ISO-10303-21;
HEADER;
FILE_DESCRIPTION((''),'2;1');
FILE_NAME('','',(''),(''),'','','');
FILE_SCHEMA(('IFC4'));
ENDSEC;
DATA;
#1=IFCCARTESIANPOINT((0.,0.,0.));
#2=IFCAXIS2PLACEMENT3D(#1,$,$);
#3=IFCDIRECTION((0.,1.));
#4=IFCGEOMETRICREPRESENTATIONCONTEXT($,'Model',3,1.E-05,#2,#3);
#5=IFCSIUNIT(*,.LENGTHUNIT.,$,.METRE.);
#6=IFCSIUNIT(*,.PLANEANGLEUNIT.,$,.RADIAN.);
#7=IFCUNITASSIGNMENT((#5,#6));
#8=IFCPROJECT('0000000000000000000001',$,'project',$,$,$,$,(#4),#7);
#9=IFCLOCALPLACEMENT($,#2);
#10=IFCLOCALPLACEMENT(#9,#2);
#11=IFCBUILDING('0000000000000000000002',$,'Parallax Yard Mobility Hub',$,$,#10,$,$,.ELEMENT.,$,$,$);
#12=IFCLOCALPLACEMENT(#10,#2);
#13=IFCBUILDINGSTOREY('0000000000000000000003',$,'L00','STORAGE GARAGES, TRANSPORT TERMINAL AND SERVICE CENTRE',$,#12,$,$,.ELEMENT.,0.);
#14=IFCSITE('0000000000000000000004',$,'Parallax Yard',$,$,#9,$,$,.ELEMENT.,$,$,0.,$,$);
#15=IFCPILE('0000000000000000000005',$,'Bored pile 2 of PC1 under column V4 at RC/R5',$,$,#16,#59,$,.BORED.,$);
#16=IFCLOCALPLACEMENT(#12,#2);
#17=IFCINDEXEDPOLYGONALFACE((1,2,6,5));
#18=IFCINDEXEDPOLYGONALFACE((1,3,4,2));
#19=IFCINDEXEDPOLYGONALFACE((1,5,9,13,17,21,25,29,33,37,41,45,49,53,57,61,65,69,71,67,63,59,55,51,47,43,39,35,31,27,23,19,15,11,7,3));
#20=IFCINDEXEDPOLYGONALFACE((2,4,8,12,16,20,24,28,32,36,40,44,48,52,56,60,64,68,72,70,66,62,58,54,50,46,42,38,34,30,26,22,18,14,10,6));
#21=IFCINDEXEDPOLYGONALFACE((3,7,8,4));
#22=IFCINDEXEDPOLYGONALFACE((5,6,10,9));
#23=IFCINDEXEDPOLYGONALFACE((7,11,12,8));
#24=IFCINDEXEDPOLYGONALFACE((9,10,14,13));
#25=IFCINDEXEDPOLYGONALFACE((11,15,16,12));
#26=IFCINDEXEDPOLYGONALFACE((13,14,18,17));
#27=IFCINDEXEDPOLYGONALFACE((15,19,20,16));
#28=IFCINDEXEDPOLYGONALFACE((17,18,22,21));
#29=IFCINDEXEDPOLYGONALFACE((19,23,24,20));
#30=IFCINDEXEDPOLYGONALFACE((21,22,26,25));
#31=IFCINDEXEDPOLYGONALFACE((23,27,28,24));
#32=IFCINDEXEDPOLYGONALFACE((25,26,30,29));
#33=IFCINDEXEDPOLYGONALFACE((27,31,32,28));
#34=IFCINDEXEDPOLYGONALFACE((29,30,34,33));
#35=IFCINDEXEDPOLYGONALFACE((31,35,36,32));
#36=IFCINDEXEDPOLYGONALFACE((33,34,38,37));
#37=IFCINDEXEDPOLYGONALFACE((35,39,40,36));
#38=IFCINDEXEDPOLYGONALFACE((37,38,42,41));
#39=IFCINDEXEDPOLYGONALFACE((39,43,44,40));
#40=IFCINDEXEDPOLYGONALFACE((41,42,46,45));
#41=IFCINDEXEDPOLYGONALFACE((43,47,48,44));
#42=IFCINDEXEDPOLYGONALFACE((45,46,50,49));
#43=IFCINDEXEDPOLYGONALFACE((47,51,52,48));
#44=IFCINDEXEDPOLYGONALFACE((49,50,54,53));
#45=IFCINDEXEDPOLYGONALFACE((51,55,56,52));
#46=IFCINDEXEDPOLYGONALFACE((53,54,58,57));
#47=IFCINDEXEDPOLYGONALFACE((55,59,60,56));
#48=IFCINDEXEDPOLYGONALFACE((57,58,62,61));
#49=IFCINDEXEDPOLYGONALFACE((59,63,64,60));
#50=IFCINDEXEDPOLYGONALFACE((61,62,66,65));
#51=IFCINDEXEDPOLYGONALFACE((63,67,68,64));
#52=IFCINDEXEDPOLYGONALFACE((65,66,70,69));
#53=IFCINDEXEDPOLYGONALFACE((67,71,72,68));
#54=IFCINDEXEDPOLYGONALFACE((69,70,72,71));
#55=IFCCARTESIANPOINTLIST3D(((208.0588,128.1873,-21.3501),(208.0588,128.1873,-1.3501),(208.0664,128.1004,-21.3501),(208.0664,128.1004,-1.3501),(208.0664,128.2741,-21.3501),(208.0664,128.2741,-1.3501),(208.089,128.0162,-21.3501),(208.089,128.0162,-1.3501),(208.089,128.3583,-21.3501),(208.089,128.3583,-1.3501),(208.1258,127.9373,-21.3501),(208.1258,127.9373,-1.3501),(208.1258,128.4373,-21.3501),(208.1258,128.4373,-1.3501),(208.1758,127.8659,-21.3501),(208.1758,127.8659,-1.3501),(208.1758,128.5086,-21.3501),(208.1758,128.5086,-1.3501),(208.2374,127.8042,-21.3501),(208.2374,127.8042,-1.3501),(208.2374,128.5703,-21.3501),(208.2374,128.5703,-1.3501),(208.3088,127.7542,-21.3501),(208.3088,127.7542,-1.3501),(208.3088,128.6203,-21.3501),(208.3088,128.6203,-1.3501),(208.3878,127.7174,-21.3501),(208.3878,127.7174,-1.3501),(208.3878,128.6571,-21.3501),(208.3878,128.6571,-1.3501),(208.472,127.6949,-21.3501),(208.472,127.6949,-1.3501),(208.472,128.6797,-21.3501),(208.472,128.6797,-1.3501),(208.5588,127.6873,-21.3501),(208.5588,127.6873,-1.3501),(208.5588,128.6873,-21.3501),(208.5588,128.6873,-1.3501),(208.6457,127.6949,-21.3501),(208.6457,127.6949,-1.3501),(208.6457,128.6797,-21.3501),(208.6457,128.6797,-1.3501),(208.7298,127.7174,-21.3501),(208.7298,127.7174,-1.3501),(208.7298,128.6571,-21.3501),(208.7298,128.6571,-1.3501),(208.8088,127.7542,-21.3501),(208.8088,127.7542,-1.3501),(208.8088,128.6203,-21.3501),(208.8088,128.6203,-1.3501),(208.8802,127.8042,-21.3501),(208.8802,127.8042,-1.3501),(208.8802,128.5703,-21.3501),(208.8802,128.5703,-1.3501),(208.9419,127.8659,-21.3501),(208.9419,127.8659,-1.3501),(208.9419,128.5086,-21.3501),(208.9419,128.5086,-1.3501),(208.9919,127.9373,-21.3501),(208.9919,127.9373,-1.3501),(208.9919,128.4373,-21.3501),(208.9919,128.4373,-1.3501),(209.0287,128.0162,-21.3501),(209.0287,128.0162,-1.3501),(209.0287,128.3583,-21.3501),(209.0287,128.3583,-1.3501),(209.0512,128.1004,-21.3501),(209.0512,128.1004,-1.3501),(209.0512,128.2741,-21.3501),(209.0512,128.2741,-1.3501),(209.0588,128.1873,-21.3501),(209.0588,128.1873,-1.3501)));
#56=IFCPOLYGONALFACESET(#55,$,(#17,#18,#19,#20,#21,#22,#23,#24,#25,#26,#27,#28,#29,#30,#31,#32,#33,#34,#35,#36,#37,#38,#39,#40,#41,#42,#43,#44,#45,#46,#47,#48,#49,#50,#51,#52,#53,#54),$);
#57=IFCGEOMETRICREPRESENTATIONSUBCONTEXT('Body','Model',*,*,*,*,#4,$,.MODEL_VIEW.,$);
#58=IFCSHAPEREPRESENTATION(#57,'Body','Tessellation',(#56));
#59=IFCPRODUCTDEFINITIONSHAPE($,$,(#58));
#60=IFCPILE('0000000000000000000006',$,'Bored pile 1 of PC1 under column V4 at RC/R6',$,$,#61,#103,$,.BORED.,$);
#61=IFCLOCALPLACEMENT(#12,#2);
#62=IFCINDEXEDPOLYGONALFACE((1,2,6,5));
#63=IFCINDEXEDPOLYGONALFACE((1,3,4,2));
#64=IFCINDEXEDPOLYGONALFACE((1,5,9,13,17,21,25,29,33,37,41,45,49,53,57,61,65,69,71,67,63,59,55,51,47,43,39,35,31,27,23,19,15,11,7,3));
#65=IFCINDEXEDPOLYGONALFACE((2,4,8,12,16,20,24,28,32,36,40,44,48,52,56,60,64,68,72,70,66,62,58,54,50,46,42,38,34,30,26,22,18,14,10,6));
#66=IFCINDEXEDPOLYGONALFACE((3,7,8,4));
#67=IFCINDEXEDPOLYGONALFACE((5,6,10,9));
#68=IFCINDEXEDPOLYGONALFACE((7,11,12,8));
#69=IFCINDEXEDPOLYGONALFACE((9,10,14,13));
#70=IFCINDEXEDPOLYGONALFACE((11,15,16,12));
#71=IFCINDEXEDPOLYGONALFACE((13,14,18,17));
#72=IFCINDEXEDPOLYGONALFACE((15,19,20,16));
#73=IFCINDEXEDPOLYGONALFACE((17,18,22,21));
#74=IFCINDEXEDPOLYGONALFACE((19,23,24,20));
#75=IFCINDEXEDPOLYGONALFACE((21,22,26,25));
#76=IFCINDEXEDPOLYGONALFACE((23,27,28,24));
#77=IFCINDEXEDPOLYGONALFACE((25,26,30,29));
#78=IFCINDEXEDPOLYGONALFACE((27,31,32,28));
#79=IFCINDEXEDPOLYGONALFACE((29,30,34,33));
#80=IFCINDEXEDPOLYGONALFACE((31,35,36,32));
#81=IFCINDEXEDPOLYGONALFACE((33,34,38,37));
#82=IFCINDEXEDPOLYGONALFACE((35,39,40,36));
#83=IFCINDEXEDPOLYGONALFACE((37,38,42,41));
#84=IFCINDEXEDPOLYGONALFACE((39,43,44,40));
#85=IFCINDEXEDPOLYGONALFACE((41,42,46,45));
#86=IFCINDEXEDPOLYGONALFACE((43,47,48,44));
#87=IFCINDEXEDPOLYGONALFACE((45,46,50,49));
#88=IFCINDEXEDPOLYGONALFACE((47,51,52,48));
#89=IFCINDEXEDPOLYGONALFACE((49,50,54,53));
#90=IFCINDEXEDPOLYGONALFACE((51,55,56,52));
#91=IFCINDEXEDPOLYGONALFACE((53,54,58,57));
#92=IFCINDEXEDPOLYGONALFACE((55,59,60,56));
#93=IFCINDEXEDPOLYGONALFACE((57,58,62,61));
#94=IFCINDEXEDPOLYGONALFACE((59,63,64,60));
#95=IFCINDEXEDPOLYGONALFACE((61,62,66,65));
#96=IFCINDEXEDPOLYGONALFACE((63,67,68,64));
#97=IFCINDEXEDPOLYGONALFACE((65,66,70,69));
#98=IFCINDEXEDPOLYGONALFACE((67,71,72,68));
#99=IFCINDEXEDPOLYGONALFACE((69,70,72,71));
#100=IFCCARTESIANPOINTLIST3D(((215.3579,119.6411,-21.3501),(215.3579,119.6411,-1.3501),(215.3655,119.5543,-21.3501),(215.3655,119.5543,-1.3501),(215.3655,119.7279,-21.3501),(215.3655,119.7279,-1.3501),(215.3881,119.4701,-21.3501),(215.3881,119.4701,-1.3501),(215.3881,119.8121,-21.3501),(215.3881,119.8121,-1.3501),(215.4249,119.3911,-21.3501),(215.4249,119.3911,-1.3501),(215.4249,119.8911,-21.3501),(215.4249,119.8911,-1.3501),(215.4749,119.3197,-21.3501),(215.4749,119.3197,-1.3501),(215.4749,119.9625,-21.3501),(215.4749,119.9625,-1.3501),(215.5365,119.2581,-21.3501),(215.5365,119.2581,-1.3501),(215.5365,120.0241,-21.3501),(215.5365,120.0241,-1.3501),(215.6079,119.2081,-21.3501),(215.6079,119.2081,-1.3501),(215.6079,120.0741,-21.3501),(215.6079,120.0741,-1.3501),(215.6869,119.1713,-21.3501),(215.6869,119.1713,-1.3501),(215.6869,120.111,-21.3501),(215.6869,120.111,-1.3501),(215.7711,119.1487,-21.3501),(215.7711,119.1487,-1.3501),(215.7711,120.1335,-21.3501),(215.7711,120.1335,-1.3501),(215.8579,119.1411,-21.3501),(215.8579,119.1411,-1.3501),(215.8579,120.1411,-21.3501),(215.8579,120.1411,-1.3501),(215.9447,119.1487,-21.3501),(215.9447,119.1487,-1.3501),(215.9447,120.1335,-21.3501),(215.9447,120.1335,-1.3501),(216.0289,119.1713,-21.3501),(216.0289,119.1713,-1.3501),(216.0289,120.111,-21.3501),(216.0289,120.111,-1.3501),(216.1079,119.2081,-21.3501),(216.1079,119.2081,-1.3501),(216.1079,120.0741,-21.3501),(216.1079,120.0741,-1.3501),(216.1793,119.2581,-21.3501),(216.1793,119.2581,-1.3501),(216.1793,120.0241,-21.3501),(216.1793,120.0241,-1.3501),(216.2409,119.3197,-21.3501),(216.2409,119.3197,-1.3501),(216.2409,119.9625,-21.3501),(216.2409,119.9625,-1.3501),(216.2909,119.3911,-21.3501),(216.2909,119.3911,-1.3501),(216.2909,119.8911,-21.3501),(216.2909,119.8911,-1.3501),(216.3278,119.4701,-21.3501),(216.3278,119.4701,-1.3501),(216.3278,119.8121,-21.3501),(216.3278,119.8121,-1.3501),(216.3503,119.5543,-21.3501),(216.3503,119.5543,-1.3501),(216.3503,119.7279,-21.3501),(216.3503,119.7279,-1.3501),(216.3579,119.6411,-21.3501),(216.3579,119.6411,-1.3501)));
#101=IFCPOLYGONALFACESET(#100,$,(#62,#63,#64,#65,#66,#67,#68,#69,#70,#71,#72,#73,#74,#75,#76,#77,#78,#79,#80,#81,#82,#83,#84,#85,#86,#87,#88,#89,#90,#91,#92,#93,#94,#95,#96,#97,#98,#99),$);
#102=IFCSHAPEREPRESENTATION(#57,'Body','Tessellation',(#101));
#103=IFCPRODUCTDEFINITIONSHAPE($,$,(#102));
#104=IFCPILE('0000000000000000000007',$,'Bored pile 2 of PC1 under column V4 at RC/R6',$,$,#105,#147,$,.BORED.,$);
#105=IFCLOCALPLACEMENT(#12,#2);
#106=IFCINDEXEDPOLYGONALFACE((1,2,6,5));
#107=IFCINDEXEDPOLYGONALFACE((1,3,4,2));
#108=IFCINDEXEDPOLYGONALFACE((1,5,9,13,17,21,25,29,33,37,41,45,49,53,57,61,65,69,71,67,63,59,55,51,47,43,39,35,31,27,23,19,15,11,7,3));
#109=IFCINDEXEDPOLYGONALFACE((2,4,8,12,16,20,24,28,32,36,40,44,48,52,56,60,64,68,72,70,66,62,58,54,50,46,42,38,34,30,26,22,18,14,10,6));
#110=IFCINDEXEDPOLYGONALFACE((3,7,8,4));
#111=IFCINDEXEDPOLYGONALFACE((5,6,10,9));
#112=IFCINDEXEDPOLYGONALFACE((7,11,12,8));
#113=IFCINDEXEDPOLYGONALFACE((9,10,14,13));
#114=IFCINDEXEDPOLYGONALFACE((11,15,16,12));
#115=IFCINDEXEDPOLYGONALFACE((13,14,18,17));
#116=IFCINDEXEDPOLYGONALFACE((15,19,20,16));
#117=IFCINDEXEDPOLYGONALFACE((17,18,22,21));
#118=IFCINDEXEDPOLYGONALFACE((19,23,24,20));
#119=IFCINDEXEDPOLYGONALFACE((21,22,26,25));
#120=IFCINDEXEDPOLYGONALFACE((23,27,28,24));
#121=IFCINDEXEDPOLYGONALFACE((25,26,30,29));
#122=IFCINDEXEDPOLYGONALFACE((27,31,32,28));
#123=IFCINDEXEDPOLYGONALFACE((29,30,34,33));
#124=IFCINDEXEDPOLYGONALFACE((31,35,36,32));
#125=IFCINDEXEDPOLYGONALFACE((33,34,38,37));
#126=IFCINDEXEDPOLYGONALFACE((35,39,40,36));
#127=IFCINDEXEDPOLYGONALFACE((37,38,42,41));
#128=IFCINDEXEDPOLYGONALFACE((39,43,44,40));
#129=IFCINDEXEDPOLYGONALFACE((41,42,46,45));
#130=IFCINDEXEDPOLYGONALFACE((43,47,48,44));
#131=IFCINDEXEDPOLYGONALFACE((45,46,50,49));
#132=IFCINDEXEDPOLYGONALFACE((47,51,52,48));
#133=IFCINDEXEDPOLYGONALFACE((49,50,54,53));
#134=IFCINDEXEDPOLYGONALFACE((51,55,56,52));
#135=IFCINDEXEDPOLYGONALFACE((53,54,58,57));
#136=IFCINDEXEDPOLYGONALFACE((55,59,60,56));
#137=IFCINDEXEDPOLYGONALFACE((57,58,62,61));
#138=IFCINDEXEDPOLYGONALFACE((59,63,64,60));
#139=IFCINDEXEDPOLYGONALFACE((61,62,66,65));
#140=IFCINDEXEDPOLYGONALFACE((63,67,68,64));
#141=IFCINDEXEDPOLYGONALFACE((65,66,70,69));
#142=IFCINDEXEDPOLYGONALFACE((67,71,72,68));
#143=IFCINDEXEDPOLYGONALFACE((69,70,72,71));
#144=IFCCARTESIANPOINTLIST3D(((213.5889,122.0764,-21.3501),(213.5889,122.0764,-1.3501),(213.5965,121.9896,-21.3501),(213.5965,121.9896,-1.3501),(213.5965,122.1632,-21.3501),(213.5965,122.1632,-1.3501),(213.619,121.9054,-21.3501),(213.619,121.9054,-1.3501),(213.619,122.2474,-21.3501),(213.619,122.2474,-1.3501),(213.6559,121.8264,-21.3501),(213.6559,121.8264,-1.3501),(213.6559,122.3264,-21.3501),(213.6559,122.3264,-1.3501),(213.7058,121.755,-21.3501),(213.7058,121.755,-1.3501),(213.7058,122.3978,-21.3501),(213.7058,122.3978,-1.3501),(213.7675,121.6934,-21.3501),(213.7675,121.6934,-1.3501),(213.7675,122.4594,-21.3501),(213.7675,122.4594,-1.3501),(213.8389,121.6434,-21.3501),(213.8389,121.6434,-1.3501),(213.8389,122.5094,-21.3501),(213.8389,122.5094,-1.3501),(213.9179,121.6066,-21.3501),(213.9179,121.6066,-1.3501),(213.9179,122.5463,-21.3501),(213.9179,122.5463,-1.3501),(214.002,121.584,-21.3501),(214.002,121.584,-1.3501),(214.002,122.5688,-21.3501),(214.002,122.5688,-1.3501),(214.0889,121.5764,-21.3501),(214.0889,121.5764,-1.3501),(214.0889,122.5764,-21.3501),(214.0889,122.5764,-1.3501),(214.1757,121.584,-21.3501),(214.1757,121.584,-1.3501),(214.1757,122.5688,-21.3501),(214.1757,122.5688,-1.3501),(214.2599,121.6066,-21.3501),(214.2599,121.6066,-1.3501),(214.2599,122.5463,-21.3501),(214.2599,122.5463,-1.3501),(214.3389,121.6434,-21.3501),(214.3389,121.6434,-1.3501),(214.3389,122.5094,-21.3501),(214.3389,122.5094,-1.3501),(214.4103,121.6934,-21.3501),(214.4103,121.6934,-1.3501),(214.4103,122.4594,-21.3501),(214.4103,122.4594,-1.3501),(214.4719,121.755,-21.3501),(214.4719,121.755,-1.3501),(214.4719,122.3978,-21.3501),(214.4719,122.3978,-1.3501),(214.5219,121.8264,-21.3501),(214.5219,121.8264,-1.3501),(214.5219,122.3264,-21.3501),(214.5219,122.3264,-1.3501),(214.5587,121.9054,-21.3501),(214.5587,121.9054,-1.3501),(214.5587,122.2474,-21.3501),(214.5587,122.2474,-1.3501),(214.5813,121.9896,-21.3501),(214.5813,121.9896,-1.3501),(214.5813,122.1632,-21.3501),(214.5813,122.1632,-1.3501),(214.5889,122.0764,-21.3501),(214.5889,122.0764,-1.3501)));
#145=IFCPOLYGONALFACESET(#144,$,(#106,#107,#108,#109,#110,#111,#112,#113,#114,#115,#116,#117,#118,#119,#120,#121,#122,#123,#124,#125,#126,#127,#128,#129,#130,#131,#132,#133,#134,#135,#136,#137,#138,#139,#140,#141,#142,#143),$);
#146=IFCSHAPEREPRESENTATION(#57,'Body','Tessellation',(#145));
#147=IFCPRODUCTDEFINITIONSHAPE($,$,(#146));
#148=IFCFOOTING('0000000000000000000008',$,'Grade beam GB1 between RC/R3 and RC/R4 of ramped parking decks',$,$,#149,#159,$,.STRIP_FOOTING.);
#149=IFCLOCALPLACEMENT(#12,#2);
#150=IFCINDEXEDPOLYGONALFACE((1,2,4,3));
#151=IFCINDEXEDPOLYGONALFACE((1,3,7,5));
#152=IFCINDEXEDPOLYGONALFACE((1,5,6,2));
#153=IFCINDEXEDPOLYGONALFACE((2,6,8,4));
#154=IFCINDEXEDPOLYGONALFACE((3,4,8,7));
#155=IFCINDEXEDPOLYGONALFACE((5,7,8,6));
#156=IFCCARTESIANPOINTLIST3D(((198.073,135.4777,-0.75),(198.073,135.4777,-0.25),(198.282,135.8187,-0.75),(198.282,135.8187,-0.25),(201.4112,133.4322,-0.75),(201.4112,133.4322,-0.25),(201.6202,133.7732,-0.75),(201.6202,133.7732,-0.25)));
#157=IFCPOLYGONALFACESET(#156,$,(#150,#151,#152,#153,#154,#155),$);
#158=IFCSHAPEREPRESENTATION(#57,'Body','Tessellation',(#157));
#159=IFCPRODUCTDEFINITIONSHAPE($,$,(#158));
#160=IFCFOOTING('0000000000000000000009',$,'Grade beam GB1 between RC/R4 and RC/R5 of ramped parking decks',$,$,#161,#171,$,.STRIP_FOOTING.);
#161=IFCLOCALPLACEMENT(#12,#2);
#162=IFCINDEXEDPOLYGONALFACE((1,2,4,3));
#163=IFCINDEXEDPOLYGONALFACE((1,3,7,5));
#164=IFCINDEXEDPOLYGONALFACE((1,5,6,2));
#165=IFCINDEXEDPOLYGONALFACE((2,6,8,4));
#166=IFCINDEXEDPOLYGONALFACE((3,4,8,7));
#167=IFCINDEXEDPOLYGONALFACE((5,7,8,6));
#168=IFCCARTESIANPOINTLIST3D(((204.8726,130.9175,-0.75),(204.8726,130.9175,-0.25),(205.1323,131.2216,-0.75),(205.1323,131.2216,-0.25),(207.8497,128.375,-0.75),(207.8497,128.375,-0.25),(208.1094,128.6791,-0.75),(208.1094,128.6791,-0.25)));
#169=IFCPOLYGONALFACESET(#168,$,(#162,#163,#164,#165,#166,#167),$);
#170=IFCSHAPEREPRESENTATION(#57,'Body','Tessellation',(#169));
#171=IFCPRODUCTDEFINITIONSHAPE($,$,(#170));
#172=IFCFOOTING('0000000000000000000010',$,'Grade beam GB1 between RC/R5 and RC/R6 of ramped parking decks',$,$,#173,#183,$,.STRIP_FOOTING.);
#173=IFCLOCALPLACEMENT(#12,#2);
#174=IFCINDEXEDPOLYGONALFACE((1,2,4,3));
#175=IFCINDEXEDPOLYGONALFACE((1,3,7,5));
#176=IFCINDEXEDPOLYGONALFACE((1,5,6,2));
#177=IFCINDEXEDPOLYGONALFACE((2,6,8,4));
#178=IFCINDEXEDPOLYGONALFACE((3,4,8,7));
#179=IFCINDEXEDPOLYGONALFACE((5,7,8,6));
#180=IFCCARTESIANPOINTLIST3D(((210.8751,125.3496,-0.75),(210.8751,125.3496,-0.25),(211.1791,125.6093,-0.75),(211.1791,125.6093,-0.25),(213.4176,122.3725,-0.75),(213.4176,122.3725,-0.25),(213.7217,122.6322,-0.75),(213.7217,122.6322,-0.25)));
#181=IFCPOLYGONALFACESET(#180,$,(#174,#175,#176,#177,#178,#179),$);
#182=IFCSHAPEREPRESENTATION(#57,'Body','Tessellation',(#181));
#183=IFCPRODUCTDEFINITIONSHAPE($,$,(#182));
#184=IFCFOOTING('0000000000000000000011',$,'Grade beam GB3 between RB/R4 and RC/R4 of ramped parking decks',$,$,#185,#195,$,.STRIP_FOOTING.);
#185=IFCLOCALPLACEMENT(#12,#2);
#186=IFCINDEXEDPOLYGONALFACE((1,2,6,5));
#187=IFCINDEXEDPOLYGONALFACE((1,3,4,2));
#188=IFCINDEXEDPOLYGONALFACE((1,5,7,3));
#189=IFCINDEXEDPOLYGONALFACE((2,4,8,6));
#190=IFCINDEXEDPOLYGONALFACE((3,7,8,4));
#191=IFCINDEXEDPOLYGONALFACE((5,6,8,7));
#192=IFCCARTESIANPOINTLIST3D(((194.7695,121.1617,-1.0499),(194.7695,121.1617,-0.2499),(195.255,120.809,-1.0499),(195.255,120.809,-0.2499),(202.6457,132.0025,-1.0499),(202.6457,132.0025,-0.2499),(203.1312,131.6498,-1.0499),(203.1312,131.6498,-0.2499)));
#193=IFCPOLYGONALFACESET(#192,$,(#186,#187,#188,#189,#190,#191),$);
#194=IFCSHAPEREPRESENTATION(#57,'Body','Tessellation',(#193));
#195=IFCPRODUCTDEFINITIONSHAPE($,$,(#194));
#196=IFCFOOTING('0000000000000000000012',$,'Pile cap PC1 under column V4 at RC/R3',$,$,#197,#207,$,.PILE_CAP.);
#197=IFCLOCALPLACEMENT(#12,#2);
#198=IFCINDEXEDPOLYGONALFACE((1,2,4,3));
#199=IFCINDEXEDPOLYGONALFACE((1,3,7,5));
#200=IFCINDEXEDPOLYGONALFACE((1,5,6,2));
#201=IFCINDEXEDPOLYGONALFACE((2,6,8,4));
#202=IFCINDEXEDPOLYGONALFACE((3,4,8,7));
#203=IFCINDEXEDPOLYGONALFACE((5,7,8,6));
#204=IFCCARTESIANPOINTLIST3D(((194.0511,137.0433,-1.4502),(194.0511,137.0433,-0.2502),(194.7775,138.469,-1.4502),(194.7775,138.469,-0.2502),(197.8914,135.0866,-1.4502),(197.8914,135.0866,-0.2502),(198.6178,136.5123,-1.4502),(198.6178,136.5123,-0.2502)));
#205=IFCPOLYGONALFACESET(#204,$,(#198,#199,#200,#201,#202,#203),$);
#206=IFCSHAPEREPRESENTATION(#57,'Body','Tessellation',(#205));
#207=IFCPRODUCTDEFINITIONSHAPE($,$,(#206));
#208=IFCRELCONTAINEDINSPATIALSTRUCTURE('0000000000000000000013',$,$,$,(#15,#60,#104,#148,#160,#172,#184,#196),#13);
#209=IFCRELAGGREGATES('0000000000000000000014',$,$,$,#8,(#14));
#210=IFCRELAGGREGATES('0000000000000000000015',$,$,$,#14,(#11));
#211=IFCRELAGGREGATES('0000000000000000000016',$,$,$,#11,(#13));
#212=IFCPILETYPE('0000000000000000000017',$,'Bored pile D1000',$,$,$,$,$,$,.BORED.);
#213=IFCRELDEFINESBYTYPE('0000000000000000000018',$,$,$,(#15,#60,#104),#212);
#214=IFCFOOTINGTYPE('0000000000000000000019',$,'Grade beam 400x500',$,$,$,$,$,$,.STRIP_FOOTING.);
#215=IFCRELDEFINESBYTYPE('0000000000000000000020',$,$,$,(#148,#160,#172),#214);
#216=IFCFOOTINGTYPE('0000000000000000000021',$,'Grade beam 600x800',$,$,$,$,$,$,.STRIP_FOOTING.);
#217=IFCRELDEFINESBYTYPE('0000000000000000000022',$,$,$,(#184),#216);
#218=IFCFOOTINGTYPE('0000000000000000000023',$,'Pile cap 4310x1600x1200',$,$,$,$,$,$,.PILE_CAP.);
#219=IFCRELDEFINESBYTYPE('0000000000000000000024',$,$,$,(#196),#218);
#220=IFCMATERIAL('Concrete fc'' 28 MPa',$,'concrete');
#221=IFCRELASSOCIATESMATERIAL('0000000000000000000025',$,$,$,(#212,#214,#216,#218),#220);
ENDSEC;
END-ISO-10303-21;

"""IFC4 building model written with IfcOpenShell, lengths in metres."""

from ifc_helpers import new_model, si_unit, direction, frame, origin, origin_2d, place, context, subcontext, project, spatial, rectangle, circle, extrude, material, material_profile, profile_set, type_object, element, save


model = new_model("IFC4")

# Units and contexts
model_context = context("Model", 3, precision=1e-05, world=origin(), true_north=direction((0.0, 1.0)))
body_context = subcontext(model_context, "Body", "Model", "MODEL_VIEW")
ifc_project = project(units=[si_unit("LENGTHUNIT", "METRE"), si_unit("PLANEANGLEUNIT", "RADIAN")], contexts=[model_context])

# Site, building, storey
site_placement = place(None, origin())
site = spatial("IfcSite", under=ifc_project, at=site_placement, Name="Parallax Yard", CompositionType="ELEMENT", RefElevation=0.0)
building_placement = place(site_placement, origin())
building = spatial("IfcBuilding", under=site, at=building_placement, Name="Parallax Yard Mobility Hub", CompositionType="ELEMENT")
storey_placement = place(building_placement, origin())
storey = spatial("IfcBuildingStorey", under=building, at=storey_placement, Name="L00", Description="STORAGE GARAGES, TRANSPORT TERMINAL AND SERVICE CENTRE", CompositionType="ELEMENT", Elevation=0.0)

# Piles
ifc_material_1 = material(Name="Concrete fc' 28 MPa", Category="concrete")
ifc_material_profile_1 = material_profile(ifc_material_1, circle(Radius=0.5, at=origin_2d()), Name="Bored pile D1000")
ifc_profile_set_1 = profile_set([ifc_material_profile_1], Name="Concrete fc' 28 MPa")
pile_type = type_object("IfcPileType", Name="Bored pile D1000", PredefinedType="BORED", material=ifc_profile_set_1)
for number, where, z_axis, x_axis, name in (
    (1, (208.5588, 128.1873, -1.3501), (0.0, 0.0, -1.0), (1.0, 0.0, 0.0), "Bored pile 2 of PC1 under column V4 at RC/R5"),
    (2, (215.8579, 119.6411, -1.3501), (0.0, 0.0, -1.0), (1.0, 0.0, 0.0), "Bored pile 1 of PC1 under column V4 at RC/R6"),
    (3, (214.0889, 122.0764, -1.3501), (0.0, 0.0, -1.0), (1.0, 0.0, 0.0), "Bored pile 2 of PC1 under column V4 at RC/R6"),
):
    element("IfcPile", number, at=place(storey_placement, frame(where, z_axis=z_axis, x_axis=x_axis)), inside=storey, type_object=pile_type, Name=name, PredefinedType="BORED", context=body_context, shape_type="SweptSolid", body=[
        extrude(circle(Radius=0.5, at=origin_2d()), origin(), (0.0, 0.0, 1.0), 20.0),
    ])

# Footings
ifc_material_profile_2 = material_profile(ifc_material_1, rectangle(XDim=0.3999, YDim=0.5, at=origin_2d()), Name="Grade beam 400x500")
ifc_profile_set_2 = profile_set([ifc_material_profile_2], Name="Concrete fc' 28 MPa")
footing_type_1 = type_object("IfcFootingType", Name="Grade beam 400x500", PredefinedType="STRIP_FOOTING", material=ifc_profile_set_2)
for number, where, z_axis, x_axis, name in (
    (4, (198.1775, 135.6482, -0.5), (0.852663, -0.522461, 0.0), (0.522461, 0.852663, 0.0), "Grade beam GB1 between RC/R3 and RC/R4 of ramped parking decks"),
    (5, (205.0024, 131.0696, -0.5), (0.760426, -0.649424, 0.0), (0.649424, 0.760426, 0.0), "Grade beam GB1 between RC/R4 and RC/R5 of ramped parking decks"),
    (6, (211.0271, 125.4795, -0.5), (0.649424, -0.760426, 0.0), (0.760426, 0.649424, 0.0), "Grade beam GB1 between RC/R5 and RC/R6 of ramped parking decks"),
):
    element("IfcFooting", number, at=place(storey_placement, frame(where, z_axis=z_axis, x_axis=x_axis)), inside=storey, type_object=footing_type_1, Name=name, PredefinedType="STRIP_FOOTING", context=body_context, shape_type="SweptSolid", body=[
        extrude(rectangle(XDim=0.3999, YDim=0.5, at=origin_2d()), origin(), (0.0, 0.0, 1.0), 3.915),
    ])
ifc_material_profile_3 = material_profile(ifc_material_1, rectangle(XDim=0.6001, YDim=0.8, at=origin_2d()), Name="Grade beam 600x800")
ifc_profile_set_3 = profile_set([ifc_material_profile_3], Name="Concrete fc' 28 MPa")
footing_type_2 = type_object("IfcFootingType", Name="Grade beam 600x800", PredefinedType="STRIP_FOOTING", material=ifc_profile_set_3)
footing_placement = place(storey_placement, frame((195.0122, 120.9854, -0.6499), z_axis=(0.587781, 0.80902, 0.0), x_axis=(-0.80902, 0.587781, 0.0)))
element("IfcFooting", 7, at=footing_placement, inside=storey, type_object=footing_type_2, Name="Grade beam GB3 between RB/R4 and RC/R4 of ramped parking decks", PredefinedType="STRIP_FOOTING", context=body_context, shape_type="SweptSolid", body=[
    extrude(rectangle(XDim=0.6001, YDim=0.8, at=origin_2d()), origin(), (0.0, 0.0, 1.0), 13.3999),
])
footing_type_3 = type_object("IfcFootingType", Name="Pile cap 4310x1600x1200", PredefinedType="PILE_CAP", material=ifc_material_1)
for number, where, z_axis, x_axis, name in (
    (8, (196.3345, 136.7778, -1.4502), (0.0, 0.0, 1.0), (-0.891007, 0.45399, 0.0), "Pile cap PC1 under column V4 at RC/R3"),
):
    element("IfcFooting", number, at=place(storey_placement, frame(where, z_axis=z_axis, x_axis=x_axis)), inside=storey, type_object=footing_type_3, Name=name, PredefinedType="PILE_CAP", context=body_context, shape_type="SweptSolid", body=[
        extrude(rectangle(XDim=4.3101, YDim=1.6001, at=origin_2d()), origin(), (0.0, 0.0, 1.0), 1.2),
    ])

save(model, "model.ifc")
